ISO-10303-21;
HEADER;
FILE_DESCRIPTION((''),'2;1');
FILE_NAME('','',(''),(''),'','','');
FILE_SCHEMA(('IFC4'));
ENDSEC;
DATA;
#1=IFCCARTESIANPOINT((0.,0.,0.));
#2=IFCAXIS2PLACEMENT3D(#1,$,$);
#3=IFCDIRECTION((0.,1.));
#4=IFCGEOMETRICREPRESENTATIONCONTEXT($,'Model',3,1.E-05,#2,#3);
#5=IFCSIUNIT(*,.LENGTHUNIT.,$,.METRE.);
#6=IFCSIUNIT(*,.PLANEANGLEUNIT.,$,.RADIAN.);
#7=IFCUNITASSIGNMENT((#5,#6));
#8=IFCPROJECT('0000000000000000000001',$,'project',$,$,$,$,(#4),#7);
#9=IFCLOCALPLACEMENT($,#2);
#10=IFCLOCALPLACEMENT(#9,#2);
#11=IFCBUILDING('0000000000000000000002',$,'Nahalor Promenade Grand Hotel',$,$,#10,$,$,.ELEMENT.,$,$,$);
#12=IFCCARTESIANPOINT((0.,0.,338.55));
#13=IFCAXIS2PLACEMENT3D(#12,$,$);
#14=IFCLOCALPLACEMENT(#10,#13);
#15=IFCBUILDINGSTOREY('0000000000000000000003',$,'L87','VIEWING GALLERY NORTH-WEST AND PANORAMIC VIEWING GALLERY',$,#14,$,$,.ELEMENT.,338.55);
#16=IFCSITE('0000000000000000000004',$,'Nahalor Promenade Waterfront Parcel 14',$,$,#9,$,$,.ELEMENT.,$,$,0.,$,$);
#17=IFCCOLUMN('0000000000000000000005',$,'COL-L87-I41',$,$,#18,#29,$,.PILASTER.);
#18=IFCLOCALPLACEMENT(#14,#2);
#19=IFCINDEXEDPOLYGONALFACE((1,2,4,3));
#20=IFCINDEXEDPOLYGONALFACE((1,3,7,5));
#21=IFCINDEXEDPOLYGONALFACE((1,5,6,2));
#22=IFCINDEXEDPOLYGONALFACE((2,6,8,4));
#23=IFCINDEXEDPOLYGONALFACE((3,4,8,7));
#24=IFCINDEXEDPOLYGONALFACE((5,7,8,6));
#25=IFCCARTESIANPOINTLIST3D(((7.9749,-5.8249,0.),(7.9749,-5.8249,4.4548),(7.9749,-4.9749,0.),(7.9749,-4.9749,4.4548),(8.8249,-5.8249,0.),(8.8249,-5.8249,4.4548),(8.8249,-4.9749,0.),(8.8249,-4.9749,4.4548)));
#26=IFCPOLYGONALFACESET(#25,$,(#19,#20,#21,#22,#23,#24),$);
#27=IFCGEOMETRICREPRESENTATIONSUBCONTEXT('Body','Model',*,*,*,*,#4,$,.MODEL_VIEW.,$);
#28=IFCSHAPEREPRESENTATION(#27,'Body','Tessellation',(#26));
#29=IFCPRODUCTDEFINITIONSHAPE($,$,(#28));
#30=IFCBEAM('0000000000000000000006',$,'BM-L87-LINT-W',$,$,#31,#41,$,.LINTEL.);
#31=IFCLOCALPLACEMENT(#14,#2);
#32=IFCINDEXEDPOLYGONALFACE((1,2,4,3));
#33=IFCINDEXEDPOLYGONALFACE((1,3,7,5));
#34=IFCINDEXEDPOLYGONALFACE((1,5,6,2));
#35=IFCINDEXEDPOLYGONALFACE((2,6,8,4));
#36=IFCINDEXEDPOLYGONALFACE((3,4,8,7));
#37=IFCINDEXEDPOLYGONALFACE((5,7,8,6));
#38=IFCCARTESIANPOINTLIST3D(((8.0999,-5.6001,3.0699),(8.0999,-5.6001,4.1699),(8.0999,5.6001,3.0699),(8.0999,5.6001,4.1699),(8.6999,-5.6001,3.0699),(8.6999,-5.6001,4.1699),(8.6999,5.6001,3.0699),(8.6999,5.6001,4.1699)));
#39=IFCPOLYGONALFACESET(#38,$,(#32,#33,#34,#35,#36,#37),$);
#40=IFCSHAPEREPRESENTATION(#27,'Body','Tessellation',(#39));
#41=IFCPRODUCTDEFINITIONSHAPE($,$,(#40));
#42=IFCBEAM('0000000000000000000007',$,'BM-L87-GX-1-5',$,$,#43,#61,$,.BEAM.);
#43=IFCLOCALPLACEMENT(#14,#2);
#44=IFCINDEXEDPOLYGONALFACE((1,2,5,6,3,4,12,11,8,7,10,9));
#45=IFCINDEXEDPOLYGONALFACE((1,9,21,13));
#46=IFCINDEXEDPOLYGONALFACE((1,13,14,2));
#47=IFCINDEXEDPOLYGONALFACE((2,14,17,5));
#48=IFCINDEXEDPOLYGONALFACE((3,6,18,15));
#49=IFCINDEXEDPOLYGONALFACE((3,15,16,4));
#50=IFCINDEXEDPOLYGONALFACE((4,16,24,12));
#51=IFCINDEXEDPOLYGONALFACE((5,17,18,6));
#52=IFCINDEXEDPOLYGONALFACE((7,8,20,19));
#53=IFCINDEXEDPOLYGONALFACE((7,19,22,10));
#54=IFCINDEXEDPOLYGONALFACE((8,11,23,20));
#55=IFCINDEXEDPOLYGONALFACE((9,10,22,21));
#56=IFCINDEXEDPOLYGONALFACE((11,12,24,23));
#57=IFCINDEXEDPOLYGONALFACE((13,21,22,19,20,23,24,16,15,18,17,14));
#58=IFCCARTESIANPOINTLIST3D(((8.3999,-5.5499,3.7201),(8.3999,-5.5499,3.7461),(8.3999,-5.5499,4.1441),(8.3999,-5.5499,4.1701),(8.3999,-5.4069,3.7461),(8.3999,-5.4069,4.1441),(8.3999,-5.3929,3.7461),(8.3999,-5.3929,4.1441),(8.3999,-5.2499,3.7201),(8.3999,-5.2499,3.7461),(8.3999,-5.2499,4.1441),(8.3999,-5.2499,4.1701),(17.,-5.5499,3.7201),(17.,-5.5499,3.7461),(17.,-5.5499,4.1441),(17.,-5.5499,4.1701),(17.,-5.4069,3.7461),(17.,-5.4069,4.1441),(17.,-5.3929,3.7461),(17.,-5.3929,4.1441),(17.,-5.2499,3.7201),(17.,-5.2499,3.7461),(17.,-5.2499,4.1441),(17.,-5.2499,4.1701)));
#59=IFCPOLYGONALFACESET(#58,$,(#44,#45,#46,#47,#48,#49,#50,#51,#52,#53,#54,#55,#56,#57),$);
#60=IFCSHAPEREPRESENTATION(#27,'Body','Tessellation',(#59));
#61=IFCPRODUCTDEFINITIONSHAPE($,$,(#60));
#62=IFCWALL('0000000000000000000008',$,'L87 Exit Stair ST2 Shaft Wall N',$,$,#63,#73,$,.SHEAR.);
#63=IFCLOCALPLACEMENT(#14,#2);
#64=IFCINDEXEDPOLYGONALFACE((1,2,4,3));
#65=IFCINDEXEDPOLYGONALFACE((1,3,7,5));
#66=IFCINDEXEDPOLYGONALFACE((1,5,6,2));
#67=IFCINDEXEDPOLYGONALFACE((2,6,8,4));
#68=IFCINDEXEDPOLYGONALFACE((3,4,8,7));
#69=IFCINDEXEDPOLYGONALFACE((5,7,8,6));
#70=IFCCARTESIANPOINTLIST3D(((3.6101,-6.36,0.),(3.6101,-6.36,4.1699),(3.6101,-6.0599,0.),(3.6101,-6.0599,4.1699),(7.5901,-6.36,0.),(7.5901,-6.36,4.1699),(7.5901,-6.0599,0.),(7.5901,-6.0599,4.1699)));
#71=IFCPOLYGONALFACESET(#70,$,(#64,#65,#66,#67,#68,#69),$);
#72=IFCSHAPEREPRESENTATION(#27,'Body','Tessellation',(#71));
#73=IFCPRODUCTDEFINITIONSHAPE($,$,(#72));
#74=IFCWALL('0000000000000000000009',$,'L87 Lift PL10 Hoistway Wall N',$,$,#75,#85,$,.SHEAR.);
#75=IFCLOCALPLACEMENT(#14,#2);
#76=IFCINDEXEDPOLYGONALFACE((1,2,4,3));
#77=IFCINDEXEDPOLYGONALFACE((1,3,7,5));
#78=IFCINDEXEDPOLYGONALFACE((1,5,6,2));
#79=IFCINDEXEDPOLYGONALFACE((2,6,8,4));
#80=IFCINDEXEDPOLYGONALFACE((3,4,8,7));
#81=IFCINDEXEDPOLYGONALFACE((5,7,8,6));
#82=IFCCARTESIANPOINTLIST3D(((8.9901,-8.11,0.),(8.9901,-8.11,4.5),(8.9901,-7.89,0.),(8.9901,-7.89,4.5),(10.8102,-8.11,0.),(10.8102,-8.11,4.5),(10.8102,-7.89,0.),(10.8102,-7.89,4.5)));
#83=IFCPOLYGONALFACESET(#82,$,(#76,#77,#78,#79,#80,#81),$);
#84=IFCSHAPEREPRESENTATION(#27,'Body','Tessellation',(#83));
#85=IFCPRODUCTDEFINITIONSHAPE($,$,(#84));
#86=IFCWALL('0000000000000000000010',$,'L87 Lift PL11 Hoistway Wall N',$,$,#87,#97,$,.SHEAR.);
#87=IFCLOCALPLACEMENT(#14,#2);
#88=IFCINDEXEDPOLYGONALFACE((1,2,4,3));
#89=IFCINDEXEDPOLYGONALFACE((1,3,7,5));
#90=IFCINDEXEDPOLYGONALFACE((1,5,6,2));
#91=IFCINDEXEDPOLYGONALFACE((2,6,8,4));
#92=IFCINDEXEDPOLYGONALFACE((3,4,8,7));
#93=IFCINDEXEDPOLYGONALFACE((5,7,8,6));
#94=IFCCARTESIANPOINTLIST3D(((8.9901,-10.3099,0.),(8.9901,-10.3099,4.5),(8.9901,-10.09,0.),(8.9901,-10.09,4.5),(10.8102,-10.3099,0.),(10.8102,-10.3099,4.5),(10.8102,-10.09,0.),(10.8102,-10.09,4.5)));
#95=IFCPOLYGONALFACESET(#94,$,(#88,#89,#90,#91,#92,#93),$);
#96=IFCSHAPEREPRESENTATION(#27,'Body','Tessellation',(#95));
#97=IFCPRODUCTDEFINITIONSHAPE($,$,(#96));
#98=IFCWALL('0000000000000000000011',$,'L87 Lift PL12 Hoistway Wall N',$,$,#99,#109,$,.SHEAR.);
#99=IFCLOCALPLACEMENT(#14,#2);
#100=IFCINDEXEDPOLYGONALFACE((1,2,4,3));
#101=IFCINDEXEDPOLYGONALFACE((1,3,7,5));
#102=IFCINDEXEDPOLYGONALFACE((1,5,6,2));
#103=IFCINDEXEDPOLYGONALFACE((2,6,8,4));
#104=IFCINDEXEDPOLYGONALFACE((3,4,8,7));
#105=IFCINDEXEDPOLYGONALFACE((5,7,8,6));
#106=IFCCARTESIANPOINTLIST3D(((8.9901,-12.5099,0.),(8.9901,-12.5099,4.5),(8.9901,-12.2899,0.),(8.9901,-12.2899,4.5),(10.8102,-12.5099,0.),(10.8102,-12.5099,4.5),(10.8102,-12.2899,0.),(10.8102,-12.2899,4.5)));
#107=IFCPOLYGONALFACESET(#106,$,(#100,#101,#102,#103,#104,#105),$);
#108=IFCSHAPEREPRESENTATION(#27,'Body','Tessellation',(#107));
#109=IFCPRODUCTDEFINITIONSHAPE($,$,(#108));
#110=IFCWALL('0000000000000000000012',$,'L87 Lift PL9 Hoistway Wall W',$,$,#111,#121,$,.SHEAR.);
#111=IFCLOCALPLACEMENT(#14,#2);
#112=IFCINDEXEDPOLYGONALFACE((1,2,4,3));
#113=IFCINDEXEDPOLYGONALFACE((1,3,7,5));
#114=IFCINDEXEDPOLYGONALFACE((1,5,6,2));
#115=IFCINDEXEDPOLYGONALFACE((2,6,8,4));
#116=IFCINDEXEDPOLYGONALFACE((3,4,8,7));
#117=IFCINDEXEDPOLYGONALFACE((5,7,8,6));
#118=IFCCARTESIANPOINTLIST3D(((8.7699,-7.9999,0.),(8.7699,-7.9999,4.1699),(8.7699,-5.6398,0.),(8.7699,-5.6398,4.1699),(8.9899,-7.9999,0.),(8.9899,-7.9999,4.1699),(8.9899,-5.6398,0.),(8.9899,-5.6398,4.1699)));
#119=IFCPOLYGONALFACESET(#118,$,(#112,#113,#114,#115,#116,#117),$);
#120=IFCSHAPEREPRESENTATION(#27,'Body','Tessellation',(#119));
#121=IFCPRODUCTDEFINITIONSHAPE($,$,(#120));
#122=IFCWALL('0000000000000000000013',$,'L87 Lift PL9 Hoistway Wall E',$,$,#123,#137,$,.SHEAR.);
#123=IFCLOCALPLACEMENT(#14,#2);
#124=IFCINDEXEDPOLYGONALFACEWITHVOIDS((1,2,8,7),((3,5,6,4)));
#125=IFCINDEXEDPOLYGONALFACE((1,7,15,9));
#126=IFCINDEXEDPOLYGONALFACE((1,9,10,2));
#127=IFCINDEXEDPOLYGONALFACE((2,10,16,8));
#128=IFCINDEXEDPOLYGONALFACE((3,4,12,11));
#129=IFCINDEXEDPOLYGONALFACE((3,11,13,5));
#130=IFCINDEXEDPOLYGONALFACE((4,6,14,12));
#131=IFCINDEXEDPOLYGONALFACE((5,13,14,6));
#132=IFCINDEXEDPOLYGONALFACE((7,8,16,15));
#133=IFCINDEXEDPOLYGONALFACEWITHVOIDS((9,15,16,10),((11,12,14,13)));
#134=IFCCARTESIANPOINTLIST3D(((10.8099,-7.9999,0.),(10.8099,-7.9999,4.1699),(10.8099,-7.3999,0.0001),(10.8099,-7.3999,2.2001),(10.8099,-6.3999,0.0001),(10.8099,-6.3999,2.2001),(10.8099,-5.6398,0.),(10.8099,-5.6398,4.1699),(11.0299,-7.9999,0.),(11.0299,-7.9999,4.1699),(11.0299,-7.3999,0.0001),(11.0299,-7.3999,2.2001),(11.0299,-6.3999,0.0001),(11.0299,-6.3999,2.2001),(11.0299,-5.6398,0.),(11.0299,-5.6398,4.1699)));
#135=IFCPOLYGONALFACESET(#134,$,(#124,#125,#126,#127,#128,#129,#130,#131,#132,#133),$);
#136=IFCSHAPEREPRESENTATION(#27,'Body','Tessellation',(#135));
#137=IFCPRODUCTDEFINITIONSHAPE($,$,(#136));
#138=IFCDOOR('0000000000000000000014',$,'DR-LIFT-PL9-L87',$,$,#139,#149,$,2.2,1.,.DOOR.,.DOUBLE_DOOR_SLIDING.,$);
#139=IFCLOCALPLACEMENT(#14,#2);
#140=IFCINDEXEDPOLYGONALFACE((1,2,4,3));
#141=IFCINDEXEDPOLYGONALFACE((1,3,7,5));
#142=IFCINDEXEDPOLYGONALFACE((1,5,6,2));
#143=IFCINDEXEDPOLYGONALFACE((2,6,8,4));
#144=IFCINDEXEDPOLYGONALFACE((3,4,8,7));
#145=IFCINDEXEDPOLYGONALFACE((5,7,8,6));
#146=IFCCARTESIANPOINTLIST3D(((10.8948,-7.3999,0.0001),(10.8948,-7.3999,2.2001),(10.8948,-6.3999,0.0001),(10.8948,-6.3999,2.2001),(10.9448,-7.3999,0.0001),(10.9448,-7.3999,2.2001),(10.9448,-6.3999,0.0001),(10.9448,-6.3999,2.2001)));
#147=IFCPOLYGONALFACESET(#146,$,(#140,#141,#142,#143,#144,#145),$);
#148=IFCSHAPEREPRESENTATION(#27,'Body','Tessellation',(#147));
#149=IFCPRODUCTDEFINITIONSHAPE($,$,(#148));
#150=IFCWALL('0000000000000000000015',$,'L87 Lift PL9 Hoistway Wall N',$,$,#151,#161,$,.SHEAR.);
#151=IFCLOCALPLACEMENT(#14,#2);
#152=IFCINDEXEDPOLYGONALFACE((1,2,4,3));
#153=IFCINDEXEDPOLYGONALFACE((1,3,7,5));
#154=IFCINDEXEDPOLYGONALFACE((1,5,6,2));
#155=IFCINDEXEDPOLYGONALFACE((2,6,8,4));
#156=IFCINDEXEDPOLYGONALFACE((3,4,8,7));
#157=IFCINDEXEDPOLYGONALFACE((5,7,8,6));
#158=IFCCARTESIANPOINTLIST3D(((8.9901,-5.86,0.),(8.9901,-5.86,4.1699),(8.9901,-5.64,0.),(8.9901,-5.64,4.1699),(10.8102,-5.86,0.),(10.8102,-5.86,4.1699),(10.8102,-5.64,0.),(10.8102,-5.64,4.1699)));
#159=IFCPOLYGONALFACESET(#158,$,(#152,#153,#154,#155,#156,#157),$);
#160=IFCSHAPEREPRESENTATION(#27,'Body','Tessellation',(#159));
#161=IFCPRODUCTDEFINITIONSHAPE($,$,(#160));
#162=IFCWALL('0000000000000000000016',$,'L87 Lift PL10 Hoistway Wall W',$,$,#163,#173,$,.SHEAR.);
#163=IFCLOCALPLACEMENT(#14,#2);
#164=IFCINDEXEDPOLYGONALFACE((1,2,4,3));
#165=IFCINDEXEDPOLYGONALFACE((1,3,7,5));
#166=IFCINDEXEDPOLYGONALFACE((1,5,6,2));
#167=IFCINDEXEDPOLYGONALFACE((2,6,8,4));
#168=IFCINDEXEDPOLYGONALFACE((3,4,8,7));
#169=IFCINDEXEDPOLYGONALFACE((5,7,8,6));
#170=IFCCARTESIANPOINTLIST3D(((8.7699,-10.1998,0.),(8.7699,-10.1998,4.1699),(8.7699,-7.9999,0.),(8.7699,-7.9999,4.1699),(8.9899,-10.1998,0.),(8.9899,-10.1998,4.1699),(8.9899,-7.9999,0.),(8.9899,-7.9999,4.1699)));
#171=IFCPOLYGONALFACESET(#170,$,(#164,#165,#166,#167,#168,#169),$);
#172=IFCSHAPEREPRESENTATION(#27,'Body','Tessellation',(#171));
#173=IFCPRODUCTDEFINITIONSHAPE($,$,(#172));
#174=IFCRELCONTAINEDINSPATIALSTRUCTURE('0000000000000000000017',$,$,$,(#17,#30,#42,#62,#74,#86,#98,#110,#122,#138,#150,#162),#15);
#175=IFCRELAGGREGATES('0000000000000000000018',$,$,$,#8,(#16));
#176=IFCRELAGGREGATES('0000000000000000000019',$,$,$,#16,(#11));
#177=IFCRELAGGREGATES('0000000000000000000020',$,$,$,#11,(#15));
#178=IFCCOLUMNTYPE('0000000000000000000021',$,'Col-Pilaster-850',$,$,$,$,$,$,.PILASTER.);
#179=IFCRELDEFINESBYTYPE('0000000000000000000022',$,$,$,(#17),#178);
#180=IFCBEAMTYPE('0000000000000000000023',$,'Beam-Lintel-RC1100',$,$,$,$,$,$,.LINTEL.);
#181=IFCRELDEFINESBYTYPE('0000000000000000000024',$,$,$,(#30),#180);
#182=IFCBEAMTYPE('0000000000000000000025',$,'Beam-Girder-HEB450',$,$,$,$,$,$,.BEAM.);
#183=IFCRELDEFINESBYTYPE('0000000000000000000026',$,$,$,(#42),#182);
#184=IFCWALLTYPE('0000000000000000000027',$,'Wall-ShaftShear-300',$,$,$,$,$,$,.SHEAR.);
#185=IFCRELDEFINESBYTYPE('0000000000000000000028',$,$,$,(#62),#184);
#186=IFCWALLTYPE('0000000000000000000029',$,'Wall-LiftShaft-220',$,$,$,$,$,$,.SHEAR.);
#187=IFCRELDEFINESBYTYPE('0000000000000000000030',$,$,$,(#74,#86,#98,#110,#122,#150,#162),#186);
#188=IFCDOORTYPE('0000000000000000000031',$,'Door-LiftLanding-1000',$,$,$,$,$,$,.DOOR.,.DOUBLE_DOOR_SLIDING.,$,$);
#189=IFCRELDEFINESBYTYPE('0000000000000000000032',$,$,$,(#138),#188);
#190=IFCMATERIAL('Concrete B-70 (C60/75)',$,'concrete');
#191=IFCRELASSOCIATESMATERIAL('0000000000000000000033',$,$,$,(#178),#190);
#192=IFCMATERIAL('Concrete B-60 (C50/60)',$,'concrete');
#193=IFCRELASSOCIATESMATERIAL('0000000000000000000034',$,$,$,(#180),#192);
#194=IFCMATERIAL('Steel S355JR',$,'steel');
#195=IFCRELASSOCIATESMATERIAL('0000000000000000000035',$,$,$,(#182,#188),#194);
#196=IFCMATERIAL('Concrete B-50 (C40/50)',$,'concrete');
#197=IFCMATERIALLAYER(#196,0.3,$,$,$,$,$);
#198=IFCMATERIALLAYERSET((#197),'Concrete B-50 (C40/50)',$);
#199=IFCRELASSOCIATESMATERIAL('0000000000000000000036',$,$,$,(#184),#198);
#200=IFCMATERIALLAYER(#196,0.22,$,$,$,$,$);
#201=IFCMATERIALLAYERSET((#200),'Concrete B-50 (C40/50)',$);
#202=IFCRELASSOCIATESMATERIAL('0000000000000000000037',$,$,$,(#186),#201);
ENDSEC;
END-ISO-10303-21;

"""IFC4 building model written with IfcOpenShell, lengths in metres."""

from ifc_helpers import new_model, si_unit, direction, frame, frame_2d, origin, origin_2d, place, context, subcontext, project, spatial, rectangle, i_section, extrude, source, transform, mapped, material, layer, layer_set, material_profile, profile_set, type_object, element, fill, save


model = new_model("IFC4")

# Units and contexts
model_context = context("Model", 3, precision=1e-05, world=origin(), true_north=direction((0.0, 1.0)))
body_context = subcontext(model_context, "Body", "Model", "MODEL_VIEW")
ifc_project = project(units=[si_unit("LENGTHUNIT", "METRE"), si_unit("PLANEANGLEUNIT", "RADIAN")], contexts=[model_context])

# Site, building, storey
site_placement = place(None, origin())
site = spatial("IfcSite", under=ifc_project, at=site_placement, Name="Nahalor Promenade Waterfront Parcel 14", CompositionType="ELEMENT", RefElevation=0.0)
building_placement = place(site_placement, origin())
building = spatial("IfcBuilding", under=site, at=building_placement, Name="Nahalor Promenade Grand Hotel", CompositionType="ELEMENT")
storey_placement = place(building_placement, frame((0.0, 0.0, 338.55)))
storey = spatial("IfcBuildingStorey", under=building, at=storey_placement, Name="L87", Description="VIEWING GALLERY NORTH-WEST AND PANORAMIC VIEWING GALLERY", CompositionType="ELEMENT", Elevation=338.55)

# Column
ifc_material_1 = material(Name="Concrete B-70 (C60/75)", Category="concrete")
ifc_material_profile_1 = material_profile(ifc_material_1, rectangle(XDim=0.85, YDim=0.85, at=origin_2d()), Name="RC 850x850")
ifc_profile_set_1 = profile_set([ifc_material_profile_1], Name="Concrete B-70 (C60/75)")
column_type = type_object("IfcColumnType", Name="Col-Pilaster-850", PredefinedType="PILASTER", material=ifc_profile_set_1)
shared_shape_1 = source(origin(), body_context, "Body", "SweptSolid", [
    extrude(rectangle(XDim=0.85, YDim=0.85, at=origin_2d()), origin(), (0.0, 0.0, 1.0), 4.4548),
])
column_placement = place(storey_placement, frame((8.3999, -5.3999, 0.0), z_axis=(0.0, 0.0, 1.0), x_axis=(1.0, 0.0, 0.0)))
element("IfcColumn", 1, at=column_placement, inside=storey, type_object=column_type, Name="COL-L87-I41", PredefinedType="PILASTER", context=body_context, shape_type="MappedRepresentation", body=[
    mapped(shared_shape_1, transform((0.0, 0.0, 0.0), scale=1.0)),
])

# Beams
ifc_material_2 = material(Name="Concrete B-60 (C50/60)", Category="concrete")
ifc_material_profile_2 = material_profile(ifc_material_2, rectangle(XDim=0.6, YDim=1.1, at=origin_2d()), Name="RC 600x1100")
ifc_profile_set_2 = profile_set([ifc_material_profile_2], Name="Concrete B-60 (C50/60)")
beam_type_1 = type_object("IfcBeamType", Name="Beam-Lintel-RC1100", PredefinedType="LINTEL", material=ifc_profile_set_2)
shared_shape_2 = source(origin(), body_context, "Body", "SweptSolid", [
    extrude(rectangle(XDim=0.6, YDim=1.1, at=origin_2d()), origin(), (0.0, 0.0, 1.0), 11.2002),
])
beam_1_placement = place(storey_placement, frame((8.3999, -5.6001, 3.6199), z_axis=(0.0, 1.0, 0.0), x_axis=(-1.0, 0.0, 0.0)))
element("IfcBeam", 2, at=beam_1_placement, inside=storey, type_object=beam_type_1, Name="BM-L87-LINT-W", PredefinedType="LINTEL", context=body_context, shape_type="MappedRepresentation", body=[
    mapped(shared_shape_2, transform((0.0, 0.0, 0.0), scale=1.0)),
])
ifc_material_3 = material(Name="Steel S355JR", Category="steel")
ifc_material_profile_3 = material_profile(ifc_material_3, i_section(OverallWidth=0.3, OverallDepth=0.45, WebThickness=0.014, FlangeThickness=0.026, at=origin_2d()), Name="HEB 450")
ifc_profile_set_3 = profile_set([ifc_material_profile_3], Name="Steel S355JR")
beam_type_2 = type_object("IfcBeamType", Name="Beam-Girder-HEB450", PredefinedType="BEAM", material=ifc_profile_set_3)
shared_shape_3 = source(origin(), body_context, "Body", "SweptSolid", [
    extrude(i_section(OverallWidth=0.3, OverallDepth=0.45, WebThickness=0.014, FlangeThickness=0.026, at=origin_2d()), origin(), (0.0, 0.0, 1.0), 8.6001),
])
beam_2_placement = place(storey_placement, frame((8.3999, -5.3999, 3.9451), z_axis=(1.0, 0.0, 0.0), x_axis=(0.0, 1.0, 0.0)))
element("IfcBeam", 3, at=beam_2_placement, inside=storey, type_object=beam_type_2, Name="BM-L87-GX-1-5", PredefinedType="BEAM", context=body_context, shape_type="MappedRepresentation", body=[
    mapped(shared_shape_3, transform((0.0, 0.0, 0.0), scale=1.0)),
])

# Walls
ifc_material_4 = material(Name="Concrete B-50 (C40/50)", Category="concrete")
ifc_layer_1 = layer(ifc_material_4, 0.3)
ifc_layer_set_1 = layer_set([ifc_layer_1], Name="Concrete B-50 (C40/50)")
wall_type_1 = type_object("IfcWallType", Name="Wall-ShaftShear-300", PredefinedType="SHEAR", material=ifc_layer_set_1)
shared_shape_4 = source(origin(), body_context, "Body", "SweptSolid", [
    extrude(rectangle(XDim=3.98, YDim=0.3, at=frame_2d((1.99, 0.0))), origin(), (0.0, 0.0, 1.0), 4.1699),
])
wall_1_placement = place(storey_placement, frame((3.6101, -6.21, 0.0), z_axis=(0.0, 0.0, 1.0), x_axis=(1.0, 0.0, 0.0)))
element("IfcWall", 4, at=wall_1_placement, inside=storey, type_object=wall_type_1, Name="L87 Exit Stair ST2 Shaft Wall N", PredefinedType="SHEAR", context=body_context, shape_type="MappedRepresentation", body=[
    mapped(shared_shape_4, transform((0.0, 0.0, 0.0), scale=1.0)),
])
ifc_layer_2 = layer(ifc_material_4, 0.22)
ifc_layer_set_2 = layer_set([ifc_layer_2], Name="Concrete B-50 (C40/50)")
wall_type_2 = type_object("IfcWallType", Name="Wall-LiftShaft-220", PredefinedType="SHEAR", material=ifc_layer_set_2)
shared_shape_5 = source(origin(), body_context, "Body", "SweptSolid", [
    extrude(rectangle(XDim=1.8201, YDim=0.22, at=frame_2d((0.9102, 0.0))), origin(), (0.0, 0.0, 1.0), 4.5),
])
for number, where, z_axis, x_axis, name in (
    (5, (8.99, -8.0, 0.0), (0.0, 0.0, 1.0), (1.0, 0.0, 0.0), "L87 Lift PL10 Hoistway Wall N"),
    (6, (8.99, -10.2, 0.0), (0.0, 0.0, 1.0), (1.0, 0.0, 0.0), "L87 Lift PL11 Hoistway Wall N"),
    (7, (8.99, -12.3999, 0.0), (0.0, 0.0, 1.0), (1.0, 0.0, 0.0), "L87 Lift PL12 Hoistway Wall N"),
):
    element("IfcWall", number, at=place(storey_placement, frame(where, z_axis=z_axis, x_axis=x_axis)), inside=storey, type_object=wall_type_2, Name=name, PredefinedType="SHEAR", context=body_context, shape_type="MappedRepresentation", body=[
        mapped(shared_shape_5, transform((0.0, 0.0, 0.0), scale=1.0)),
    ])
shared_shape_6 = source(origin(), body_context, "Body", "SweptSolid", [
    extrude(rectangle(XDim=2.3601, YDim=0.22, at=frame_2d((1.1802, 0.0))), origin(), (0.0, 0.0, 1.0), 4.1699),
])
wall_2_placement = place(storey_placement, frame((8.8799, -8.0, 0.0), z_axis=(0.0, 0.0, 1.0), x_axis=(0.0, 1.0, 0.0)))
element("IfcWall", 8, at=wall_2_placement, inside=storey, type_object=wall_type_2, Name="L87 Lift PL9 Hoistway Wall W", PredefinedType="SHEAR", context=body_context, shape_type="MappedRepresentation", body=[
    mapped(shared_shape_6, transform((0.0, 0.0, 0.0), scale=1.0)),
])

# Wall, opening, door
wall_3_placement = place(storey_placement, frame((10.9199, -8.0, 0.0), z_axis=(0.0, 0.0, 1.0), x_axis=(0.0, 1.0, 0.0)))
wall_3 = element("IfcWall", 9, at=wall_3_placement, inside=storey, type_object=wall_type_2, Name="L87 Lift PL9 Hoistway Wall E", PredefinedType="SHEAR", context=body_context, shape_type="MappedRepresentation", body=[
    mapped(shared_shape_6, transform((0.0, 0.0, 0.0), scale=1.0)),
])
opening_1_placement = place(wall_3_placement, frame((0.6001, 0.0, 0.0)))
opening_1 = element("IfcOpeningElement", 10, at=opening_1_placement, cuts=wall_3, PredefinedType="OPENING", context=body_context, shape_type="SweptSolid", body=[
    extrude(rectangle(XDim=1.0, YDim=2.2, at=frame_2d((0.5, 1.1001))), frame((0.0, 0.1199, 0.0), z_axis=(0.0, -1.0, 0.0), x_axis=(1.0, 0.0, 0.0)), (0.0, 0.0, 1.0), 0.24),
])
door_type_1 = type_object("IfcDoorType", Name="Door-LiftLanding-1000", OperationType="DOUBLE_DOOR_SLIDING", PredefinedType="DOOR", material=ifc_material_3)
shared_shape_7 = source(origin(), body_context, "Body", "SweptSolid", [
    extrude(rectangle(XDim=1.0, YDim=2.2, at=frame_2d((0.5, 1.1001))), frame((0.0, 0.0249, 0.0), z_axis=(0.0, -1.0, 0.0), x_axis=(1.0, 0.0, 0.0)), (0.0, 0.0, 1.0), 0.05),
])
door_1_placement = place(opening_1_placement, frame((1.0, 0.0, 0.0), z_axis=(0.0, 0.0, 1.0), x_axis=(-1.0, 0.0, 0.0)))
door_1 = element("IfcDoor", 11, at=door_1_placement, inside=storey, type_object=door_type_1, Name="DR-LIFT-PL9-L87", OperationType="DOUBLE_DOOR_SLIDING", OverallHeight=2.2, OverallWidth=1.0, PredefinedType="DOOR", context=body_context, shape_type="MappedRepresentation", body=[
    mapped(shared_shape_7, transform((0.0, 0.0, 0.0), scale=1.0)),
])
fill(opening_1, door_1)

# Walls
shared_shape_8 = source(origin(), body_context, "Body", "SweptSolid", [
    extrude(rectangle(XDim=1.8201, YDim=0.22, at=frame_2d((0.9102, 0.0))), origin(), (0.0, 0.0, 1.0), 4.1699),
])
wall_4_placement = place(storey_placement, frame((8.99, -5.75, 0.0), z_axis=(0.0, 0.0, 1.0), x_axis=(1.0, 0.0, 0.0)))
element("IfcWall", 12, at=wall_4_placement, inside=storey, type_object=wall_type_2, Name="L87 Lift PL9 Hoistway Wall N", PredefinedType="SHEAR", context=body_context, shape_type="MappedRepresentation", body=[
    mapped(shared_shape_8, transform((0.0, 0.0, 0.0), scale=1.0)),
])
shared_shape_9 = source(origin(), body_context, "Body", "SweptSolid", [
    extrude(rectangle(XDim=2.2, YDim=0.22, at=frame_2d((1.1001, 0.0))), origin(), (0.0, 0.0, 1.0), 4.1699),
])
wall_5_placement = place(storey_placement, frame((8.8799, -10.2, 0.0), z_axis=(0.0, 0.0, 1.0), x_axis=(0.0, 1.0, 0.0)))
element("IfcWall", 13, at=wall_5_placement, inside=storey, type_object=wall_type_2, Name="L87 Lift PL10 Hoistway Wall W", PredefinedType="SHEAR", context=body_context, shape_type="MappedRepresentation", body=[
    mapped(shared_shape_9, transform((0.0, 0.0, 0.0), scale=1.0)),
])

save(model, "model.ifc")
